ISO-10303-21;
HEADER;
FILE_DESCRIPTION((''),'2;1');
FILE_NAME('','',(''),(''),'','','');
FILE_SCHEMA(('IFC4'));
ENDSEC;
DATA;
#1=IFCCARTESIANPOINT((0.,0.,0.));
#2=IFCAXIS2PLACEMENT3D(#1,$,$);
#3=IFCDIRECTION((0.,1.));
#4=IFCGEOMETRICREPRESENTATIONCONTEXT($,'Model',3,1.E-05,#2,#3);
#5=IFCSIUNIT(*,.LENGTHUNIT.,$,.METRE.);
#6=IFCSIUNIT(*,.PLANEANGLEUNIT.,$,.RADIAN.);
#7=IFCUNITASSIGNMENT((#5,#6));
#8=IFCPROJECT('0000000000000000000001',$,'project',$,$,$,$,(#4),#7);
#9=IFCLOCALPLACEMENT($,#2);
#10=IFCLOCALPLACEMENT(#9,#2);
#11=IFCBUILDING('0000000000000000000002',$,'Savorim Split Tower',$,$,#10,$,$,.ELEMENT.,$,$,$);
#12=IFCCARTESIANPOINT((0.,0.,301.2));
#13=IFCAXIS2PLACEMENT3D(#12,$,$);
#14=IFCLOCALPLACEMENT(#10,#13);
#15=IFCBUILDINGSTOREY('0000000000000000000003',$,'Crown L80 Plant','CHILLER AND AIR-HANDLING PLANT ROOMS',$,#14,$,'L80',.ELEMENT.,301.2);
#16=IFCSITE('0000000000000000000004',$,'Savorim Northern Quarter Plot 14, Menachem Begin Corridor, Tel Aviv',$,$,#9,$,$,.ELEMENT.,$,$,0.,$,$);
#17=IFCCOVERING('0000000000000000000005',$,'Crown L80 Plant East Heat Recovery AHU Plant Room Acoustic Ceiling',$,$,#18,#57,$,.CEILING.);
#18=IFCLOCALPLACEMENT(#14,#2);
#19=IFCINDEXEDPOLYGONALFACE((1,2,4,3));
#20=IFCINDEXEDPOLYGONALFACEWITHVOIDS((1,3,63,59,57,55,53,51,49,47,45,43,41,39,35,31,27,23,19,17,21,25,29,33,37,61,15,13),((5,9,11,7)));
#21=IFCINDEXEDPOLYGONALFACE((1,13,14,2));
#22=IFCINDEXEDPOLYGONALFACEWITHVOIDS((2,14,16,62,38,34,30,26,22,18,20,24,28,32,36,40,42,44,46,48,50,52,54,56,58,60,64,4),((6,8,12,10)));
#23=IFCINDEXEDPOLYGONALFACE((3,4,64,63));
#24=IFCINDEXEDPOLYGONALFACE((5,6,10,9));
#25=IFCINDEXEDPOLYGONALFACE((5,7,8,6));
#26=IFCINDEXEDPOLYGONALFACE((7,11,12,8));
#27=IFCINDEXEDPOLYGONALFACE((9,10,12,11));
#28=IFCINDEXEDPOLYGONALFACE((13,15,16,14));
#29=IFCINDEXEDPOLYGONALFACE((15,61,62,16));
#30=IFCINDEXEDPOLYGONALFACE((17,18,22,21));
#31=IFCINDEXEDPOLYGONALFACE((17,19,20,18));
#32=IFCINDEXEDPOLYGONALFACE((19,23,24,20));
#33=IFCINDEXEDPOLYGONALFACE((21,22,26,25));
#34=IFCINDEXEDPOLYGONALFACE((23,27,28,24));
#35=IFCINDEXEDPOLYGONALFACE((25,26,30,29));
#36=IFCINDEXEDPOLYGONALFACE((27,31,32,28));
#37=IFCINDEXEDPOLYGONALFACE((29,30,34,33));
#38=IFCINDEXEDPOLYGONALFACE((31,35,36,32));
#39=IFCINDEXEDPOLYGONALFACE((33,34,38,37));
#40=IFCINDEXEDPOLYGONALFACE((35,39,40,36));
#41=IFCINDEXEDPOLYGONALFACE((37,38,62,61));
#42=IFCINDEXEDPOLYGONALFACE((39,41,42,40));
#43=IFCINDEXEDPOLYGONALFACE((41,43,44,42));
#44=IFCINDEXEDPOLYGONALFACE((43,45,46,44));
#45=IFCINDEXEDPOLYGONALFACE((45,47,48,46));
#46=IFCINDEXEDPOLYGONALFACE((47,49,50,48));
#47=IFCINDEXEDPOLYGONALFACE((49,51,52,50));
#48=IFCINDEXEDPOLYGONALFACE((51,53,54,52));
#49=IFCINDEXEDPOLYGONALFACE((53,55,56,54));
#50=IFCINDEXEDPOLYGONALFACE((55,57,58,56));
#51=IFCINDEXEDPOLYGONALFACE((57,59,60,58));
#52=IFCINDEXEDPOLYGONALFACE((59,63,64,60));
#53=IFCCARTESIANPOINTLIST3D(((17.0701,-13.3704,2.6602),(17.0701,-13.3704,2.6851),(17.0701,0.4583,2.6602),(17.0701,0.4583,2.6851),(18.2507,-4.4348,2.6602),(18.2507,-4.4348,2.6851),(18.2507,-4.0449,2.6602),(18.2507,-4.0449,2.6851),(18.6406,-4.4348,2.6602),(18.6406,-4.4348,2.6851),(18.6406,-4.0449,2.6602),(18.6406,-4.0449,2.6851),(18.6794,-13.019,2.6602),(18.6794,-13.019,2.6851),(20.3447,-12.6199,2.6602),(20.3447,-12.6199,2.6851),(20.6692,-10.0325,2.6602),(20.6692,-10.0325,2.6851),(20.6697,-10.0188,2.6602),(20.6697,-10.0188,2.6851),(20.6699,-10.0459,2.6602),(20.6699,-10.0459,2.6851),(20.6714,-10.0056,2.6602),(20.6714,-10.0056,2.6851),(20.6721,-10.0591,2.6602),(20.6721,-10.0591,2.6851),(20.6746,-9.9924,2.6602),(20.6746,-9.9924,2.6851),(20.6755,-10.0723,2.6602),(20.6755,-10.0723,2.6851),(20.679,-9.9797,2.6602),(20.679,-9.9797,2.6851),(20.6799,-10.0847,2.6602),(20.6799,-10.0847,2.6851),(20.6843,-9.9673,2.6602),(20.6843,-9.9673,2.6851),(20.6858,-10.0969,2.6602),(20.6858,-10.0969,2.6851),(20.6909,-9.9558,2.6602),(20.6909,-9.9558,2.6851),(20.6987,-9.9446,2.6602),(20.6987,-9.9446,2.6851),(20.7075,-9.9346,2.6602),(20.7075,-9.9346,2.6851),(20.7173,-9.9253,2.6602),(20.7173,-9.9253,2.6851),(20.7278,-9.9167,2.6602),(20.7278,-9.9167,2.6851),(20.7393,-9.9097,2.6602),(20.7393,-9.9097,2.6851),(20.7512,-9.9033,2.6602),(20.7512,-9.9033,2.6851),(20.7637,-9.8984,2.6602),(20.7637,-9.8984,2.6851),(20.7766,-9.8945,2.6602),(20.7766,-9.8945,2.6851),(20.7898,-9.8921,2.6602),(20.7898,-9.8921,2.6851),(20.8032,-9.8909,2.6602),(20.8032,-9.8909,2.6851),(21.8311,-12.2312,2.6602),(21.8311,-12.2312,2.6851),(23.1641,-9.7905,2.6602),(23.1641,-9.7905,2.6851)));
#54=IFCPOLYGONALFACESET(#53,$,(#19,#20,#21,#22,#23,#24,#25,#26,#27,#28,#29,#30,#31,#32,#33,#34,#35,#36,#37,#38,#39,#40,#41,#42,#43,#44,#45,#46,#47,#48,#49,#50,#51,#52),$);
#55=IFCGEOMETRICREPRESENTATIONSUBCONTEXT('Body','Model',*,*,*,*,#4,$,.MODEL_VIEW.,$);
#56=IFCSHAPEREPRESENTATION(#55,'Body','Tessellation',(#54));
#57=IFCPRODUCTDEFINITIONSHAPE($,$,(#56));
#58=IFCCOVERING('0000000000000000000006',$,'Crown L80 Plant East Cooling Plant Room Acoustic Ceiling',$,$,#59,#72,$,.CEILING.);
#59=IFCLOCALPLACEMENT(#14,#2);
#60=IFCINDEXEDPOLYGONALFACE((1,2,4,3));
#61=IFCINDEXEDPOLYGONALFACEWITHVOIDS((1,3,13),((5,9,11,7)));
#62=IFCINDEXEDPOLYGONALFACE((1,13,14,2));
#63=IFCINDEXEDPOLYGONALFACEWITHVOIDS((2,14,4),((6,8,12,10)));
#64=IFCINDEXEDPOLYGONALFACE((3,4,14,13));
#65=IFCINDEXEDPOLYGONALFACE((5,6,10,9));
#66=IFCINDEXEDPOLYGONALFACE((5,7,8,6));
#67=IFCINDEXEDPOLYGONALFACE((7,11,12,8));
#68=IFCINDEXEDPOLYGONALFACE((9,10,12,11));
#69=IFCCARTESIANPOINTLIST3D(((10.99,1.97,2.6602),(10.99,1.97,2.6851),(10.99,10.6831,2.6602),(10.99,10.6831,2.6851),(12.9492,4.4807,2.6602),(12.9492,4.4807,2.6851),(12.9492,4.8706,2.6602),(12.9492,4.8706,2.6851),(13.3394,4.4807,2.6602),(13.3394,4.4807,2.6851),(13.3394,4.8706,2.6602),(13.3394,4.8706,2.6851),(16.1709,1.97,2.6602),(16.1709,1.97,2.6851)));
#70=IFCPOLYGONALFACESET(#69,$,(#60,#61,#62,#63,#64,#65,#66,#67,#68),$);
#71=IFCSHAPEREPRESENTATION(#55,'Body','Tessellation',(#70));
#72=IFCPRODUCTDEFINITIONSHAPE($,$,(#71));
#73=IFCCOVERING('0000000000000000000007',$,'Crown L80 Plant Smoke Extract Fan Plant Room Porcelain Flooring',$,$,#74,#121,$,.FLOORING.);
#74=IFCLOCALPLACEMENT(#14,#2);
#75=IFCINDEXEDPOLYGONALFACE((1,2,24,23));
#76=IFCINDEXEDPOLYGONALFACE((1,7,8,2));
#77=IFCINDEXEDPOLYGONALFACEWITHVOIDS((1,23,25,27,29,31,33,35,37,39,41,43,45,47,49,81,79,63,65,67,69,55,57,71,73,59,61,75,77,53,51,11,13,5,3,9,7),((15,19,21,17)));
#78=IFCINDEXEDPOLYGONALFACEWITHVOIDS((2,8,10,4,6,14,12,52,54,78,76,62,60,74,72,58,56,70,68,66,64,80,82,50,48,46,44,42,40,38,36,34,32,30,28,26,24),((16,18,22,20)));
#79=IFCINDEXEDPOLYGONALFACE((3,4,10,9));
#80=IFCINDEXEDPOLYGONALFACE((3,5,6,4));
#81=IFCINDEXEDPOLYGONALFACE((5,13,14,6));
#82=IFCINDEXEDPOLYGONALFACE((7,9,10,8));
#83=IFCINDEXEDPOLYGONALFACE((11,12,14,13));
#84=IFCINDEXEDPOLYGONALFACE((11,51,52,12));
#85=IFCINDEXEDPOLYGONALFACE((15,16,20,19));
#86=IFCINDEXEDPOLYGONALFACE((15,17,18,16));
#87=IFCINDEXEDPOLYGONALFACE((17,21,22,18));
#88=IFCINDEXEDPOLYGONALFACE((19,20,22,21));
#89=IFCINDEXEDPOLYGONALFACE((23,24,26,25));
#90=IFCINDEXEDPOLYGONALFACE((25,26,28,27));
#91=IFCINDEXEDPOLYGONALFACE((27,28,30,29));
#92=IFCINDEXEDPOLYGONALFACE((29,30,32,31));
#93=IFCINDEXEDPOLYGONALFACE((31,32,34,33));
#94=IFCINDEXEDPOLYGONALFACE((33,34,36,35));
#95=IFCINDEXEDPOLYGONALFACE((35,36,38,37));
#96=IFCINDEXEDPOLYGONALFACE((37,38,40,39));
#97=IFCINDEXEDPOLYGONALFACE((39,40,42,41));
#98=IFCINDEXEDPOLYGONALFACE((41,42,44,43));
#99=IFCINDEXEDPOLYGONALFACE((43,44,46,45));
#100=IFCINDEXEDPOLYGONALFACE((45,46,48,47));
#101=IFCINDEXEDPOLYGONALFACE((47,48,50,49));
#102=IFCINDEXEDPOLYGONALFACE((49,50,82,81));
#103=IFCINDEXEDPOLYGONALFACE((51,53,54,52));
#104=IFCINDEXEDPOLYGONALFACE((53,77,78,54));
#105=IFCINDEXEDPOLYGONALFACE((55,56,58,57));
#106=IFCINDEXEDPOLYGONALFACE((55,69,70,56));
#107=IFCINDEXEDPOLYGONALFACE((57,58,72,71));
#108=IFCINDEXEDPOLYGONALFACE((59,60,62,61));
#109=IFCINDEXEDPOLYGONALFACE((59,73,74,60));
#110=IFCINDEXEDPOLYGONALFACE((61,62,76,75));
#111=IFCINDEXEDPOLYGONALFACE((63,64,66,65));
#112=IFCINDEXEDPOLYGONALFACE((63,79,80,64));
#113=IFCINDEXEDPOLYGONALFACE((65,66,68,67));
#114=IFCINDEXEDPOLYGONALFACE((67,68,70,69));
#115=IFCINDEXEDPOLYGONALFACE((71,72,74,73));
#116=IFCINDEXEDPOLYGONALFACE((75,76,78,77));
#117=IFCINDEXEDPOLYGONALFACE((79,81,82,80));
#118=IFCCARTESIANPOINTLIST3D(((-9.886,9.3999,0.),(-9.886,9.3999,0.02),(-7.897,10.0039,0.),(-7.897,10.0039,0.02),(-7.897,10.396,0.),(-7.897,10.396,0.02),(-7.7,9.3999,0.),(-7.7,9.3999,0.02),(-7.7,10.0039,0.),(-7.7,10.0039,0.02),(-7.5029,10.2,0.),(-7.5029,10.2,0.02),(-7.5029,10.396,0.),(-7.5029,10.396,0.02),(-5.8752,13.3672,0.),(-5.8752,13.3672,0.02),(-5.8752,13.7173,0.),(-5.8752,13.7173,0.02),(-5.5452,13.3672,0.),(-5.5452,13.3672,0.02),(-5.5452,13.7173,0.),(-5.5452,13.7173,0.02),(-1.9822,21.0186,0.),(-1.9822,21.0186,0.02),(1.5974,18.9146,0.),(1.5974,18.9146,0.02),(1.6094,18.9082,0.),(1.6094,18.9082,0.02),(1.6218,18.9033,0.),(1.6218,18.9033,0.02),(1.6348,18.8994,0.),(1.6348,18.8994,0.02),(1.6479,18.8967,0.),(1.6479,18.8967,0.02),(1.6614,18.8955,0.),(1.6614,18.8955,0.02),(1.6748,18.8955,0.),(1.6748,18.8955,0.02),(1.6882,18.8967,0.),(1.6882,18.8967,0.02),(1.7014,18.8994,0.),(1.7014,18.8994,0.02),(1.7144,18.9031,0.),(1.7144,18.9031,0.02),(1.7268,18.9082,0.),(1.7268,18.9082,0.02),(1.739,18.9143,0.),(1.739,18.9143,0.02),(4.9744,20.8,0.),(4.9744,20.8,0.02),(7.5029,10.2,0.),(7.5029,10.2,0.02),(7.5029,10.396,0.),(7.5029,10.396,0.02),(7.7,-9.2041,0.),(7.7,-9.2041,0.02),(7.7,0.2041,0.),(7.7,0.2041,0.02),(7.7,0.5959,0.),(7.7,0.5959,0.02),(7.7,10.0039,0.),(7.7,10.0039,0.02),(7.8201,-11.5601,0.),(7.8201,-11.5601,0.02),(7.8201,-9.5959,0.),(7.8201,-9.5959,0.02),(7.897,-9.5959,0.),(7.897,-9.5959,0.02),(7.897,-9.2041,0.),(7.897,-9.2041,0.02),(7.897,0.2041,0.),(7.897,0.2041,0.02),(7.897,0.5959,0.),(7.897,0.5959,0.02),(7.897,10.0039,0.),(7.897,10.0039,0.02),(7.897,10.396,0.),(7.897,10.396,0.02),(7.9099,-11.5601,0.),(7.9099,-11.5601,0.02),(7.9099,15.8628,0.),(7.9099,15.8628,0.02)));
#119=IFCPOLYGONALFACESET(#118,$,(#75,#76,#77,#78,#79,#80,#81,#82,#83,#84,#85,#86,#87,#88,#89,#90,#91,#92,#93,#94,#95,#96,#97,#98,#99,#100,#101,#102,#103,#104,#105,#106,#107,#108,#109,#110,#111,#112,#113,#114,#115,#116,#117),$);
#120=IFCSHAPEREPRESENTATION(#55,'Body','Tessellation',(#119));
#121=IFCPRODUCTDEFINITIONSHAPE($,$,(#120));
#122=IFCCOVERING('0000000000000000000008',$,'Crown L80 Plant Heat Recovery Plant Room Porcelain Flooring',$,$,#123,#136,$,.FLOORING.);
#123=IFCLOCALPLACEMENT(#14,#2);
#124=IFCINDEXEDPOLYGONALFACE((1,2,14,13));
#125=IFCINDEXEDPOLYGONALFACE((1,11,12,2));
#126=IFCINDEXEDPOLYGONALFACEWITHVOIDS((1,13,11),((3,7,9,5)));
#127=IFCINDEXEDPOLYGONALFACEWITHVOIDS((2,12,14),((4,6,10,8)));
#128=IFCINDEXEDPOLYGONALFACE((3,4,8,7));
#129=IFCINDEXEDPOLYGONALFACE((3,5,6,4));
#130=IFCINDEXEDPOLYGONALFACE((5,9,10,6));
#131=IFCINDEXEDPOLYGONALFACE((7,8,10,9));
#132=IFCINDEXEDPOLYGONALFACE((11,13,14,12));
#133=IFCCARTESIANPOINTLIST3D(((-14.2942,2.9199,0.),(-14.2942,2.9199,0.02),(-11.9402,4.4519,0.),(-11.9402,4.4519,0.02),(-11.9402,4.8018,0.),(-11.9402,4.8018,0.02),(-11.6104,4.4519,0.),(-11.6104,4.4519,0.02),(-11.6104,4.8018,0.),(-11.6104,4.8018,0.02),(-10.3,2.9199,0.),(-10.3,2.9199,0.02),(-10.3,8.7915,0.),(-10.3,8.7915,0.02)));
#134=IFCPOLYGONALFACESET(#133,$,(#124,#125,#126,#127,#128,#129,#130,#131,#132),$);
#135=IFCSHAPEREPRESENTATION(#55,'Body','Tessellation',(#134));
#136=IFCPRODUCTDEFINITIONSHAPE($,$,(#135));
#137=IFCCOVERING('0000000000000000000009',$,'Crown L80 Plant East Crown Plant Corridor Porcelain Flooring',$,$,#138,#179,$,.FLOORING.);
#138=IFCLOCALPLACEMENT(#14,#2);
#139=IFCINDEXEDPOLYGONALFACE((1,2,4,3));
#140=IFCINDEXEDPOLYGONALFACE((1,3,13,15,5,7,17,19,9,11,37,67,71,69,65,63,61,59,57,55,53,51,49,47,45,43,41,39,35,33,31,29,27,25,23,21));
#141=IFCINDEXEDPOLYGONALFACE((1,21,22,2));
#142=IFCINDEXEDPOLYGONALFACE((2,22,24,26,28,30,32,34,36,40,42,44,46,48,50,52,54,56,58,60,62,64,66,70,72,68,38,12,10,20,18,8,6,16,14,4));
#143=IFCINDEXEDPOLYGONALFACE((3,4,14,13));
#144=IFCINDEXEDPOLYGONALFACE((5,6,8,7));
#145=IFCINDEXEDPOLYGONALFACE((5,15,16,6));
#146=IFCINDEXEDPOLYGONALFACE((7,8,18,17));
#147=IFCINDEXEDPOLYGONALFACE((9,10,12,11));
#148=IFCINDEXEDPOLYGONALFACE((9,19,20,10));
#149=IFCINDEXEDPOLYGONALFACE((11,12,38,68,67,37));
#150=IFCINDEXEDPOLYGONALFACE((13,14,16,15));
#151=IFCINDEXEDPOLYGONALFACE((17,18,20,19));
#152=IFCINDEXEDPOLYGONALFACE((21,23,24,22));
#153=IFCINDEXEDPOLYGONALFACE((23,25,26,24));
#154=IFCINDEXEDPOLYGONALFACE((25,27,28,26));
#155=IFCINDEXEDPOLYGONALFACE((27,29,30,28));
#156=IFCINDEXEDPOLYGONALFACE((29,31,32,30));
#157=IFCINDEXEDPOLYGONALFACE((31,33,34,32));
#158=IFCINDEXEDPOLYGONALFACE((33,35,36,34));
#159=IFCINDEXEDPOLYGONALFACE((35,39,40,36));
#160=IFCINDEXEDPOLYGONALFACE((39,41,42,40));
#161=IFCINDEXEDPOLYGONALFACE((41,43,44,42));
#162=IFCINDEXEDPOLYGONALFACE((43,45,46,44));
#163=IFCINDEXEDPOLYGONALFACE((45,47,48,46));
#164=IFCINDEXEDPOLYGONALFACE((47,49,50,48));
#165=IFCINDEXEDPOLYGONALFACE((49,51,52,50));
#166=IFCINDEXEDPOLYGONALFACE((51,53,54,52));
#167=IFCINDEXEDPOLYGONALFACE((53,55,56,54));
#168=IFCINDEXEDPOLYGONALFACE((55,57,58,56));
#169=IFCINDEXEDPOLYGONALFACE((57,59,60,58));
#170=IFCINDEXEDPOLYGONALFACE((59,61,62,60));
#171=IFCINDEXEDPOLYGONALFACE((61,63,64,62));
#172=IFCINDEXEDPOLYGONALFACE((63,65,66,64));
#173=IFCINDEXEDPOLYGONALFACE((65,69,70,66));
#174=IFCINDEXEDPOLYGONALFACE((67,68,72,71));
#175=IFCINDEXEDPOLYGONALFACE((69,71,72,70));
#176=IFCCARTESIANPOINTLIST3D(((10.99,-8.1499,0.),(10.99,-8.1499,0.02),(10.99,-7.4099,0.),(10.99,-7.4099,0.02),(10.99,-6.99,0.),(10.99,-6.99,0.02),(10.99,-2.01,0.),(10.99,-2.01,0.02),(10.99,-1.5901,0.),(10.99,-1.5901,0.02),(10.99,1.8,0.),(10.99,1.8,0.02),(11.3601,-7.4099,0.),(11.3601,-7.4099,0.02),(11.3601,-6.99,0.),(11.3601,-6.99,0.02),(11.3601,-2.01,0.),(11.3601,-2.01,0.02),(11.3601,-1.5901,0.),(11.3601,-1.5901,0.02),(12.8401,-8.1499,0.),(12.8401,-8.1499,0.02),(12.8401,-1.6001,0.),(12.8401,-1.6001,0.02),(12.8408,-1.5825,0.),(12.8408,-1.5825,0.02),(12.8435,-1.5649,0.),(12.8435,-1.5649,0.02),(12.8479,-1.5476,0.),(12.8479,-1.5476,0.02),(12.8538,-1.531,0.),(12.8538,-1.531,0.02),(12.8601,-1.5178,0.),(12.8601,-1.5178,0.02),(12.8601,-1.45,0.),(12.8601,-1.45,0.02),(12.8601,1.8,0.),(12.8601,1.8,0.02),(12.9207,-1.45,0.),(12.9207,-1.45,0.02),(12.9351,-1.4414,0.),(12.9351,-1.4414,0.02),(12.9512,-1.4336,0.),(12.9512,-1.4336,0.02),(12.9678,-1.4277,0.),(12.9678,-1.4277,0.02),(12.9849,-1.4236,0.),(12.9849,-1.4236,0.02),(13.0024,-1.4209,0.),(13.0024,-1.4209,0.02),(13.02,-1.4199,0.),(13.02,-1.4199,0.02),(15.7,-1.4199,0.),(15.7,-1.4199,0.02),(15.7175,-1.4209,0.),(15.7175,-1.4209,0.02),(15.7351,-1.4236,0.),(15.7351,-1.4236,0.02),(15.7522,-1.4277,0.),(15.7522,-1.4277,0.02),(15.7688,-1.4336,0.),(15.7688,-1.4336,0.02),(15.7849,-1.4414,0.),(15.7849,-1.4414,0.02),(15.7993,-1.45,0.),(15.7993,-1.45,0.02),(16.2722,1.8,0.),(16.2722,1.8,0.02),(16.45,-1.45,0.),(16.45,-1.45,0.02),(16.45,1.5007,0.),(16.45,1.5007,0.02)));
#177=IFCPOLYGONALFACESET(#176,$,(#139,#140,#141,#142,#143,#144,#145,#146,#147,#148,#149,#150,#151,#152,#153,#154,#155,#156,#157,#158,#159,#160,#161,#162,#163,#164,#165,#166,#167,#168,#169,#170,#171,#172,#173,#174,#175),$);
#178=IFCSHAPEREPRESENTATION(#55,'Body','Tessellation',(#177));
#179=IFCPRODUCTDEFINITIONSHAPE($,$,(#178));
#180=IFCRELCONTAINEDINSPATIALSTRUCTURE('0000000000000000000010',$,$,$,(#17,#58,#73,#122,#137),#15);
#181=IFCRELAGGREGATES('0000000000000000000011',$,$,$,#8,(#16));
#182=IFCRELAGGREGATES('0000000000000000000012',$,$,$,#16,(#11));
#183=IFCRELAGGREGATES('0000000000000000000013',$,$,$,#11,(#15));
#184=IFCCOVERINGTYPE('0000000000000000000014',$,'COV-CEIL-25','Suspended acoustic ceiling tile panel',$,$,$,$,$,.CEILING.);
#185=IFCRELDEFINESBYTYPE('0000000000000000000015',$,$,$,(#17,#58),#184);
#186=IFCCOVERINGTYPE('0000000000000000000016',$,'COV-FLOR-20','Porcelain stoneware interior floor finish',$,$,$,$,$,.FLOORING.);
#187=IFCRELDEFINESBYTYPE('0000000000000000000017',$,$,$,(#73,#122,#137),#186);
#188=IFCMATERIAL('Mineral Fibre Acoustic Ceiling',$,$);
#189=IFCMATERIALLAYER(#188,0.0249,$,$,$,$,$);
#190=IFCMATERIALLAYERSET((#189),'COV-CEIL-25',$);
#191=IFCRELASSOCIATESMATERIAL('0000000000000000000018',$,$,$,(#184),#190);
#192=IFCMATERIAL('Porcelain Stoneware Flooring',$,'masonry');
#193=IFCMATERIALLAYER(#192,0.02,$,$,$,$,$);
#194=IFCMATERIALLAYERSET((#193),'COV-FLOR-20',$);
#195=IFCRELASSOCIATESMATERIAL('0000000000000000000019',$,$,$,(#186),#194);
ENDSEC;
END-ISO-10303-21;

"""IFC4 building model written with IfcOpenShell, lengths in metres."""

from ifc_helpers import new_model, si_unit, direction, frame, origin, place, context, subcontext, project, spatial, polyline, outline, extrude, material, layer, layer_set, type_object, element, save


model = new_model("IFC4")

# Units and contexts
model_context = context("Model", 3, precision=1e-05, world=origin(), true_north=direction((0.0, 1.0)))
body_context = subcontext(model_context, "Body", "Model", "MODEL_VIEW")
ifc_project = project(units=[si_unit("LENGTHUNIT", "METRE"), si_unit("PLANEANGLEUNIT", "RADIAN")], contexts=[model_context])

# Site, building, storey
site_placement = place(None, origin())
site = spatial("IfcSite", under=ifc_project, at=site_placement, Name="Savorim Northern Quarter Plot 14, Menachem Begin Corridor, Tel Aviv", CompositionType="ELEMENT", RefElevation=0.0)
building_placement = place(site_placement, origin())
building = spatial("IfcBuilding", under=site, at=building_placement, Name="Savorim Split Tower", CompositionType="ELEMENT")
storey_placement = place(building_placement, frame((0.0, 0.0, 301.2)))
storey = spatial("IfcBuildingStorey", under=building, at=storey_placement, Name="Crown L80 Plant", Description="CHILLER AND AIR-HANDLING PLANT ROOMS", LongName="L80", CompositionType="ELEMENT", Elevation=301.2)

# Coverings
ifc_material_1 = material(Name="Mineral Fibre Acoustic Ceiling")
ifc_layer_1 = layer(ifc_material_1, 0.0249)
ifc_layer_set_1 = layer_set([ifc_layer_1], Name="COV-CEIL-25")
covering_type_1 = type_object("IfcCoveringType", Name="COV-CEIL-25", Description="Suspended acoustic ceiling tile panel", PredefinedType="CEILING", material=ifc_layer_set_1)
covering_1_placement = place(storey_placement, frame((0.0, 0.0, 2.6602)))
element("IfcCovering", 1, at=covering_1_placement, inside=storey, type_object=covering_type_1, Name="Crown L80 Plant East Heat Recovery AHU Plant Room Acoustic Ceiling", PredefinedType="CEILING", context=body_context, shape_type="SweptSolid", body=[
    extrude(outline(polyline([(20.7637, -9.8984), (20.7766, -9.8945), (20.7898, -9.8921), (20.8032, -9.8909), (23.1641, -9.7905), (17.0701, 0.4583), (17.0701, -13.3704), (18.6794, -13.019), (20.3447, -12.6199), (21.8311, -12.2312), (20.6858, -10.0969), (20.6799, -10.0847), (20.6755, -10.0723), (20.6721, -10.0591), (20.6699, -10.0459), (20.6692, -10.0325), (20.6697, -10.0188), (20.6714, -10.0056), (20.6746, -9.9924), (20.679, -9.9797), (20.6843, -9.9673), (20.6909, -9.9558), (20.6987, -9.9446), (20.7075, -9.9346), (20.7173, -9.9253), (20.7278, -9.9167), (20.7393, -9.9097), (20.7512, -9.9033), (20.7637, -9.8984)]), holes=[polyline([(18.2507, -4.0449), (18.2507, -4.4348), (18.6406, -4.4348), (18.6406, -4.0449), (18.2507, -4.0449)])]), origin(), (0.0, 0.0, 1.0), 0.0249),
])
covering_2_placement = place(storey_placement, frame((0.0, 0.0, 2.6602)))
element("IfcCovering", 2, at=covering_2_placement, inside=storey, type_object=covering_type_1, Name="Crown L80 Plant East Cooling Plant Room Acoustic Ceiling", PredefinedType="CEILING", context=body_context, shape_type="SweptSolid", body=[
    extrude(outline(polyline([(10.99, 10.6831), (10.99, 1.97), (16.1709, 1.97), (10.99, 10.6831)]), holes=[polyline([(12.9492, 4.8706), (12.9492, 4.4807), (13.3394, 4.4807), (13.3394, 4.8706), (12.9492, 4.8706)])]), origin(), (0.0, 0.0, 1.0), 0.0249),
])
ifc_material_2 = material(Name="Porcelain Stoneware Flooring", Category="masonry")
ifc_layer_2 = layer(ifc_material_2, 0.02)
ifc_layer_set_2 = layer_set([ifc_layer_2], Name="COV-FLOR-20")
covering_type_2 = type_object("IfcCoveringType", Name="COV-FLOR-20", Description="Porcelain stoneware interior floor finish", PredefinedType="FLOORING", material=ifc_layer_set_2)
covering_3_placement = place(storey_placement, origin())
element("IfcCovering", 3, at=covering_3_placement, inside=storey, type_object=covering_type_2, Name="Crown L80 Plant Smoke Extract Fan Plant Room Porcelain Flooring", PredefinedType="FLOORING", context=body_context, shape_type="SweptSolid", body=[
    extrude(outline(polyline([(1.6094, 18.9082), (1.5974, 18.9146), (-1.9822, 21.0186), (-9.886, 9.3999), (-7.7, 9.3999), (-7.7, 10.0039), (-7.897, 10.0039), (-7.897, 10.396), (-7.5029, 10.396), (-7.5029, 10.2), (7.5029, 10.2), (7.5029, 10.396), (7.897, 10.396), (7.897, 10.0039), (7.7, 10.0039), (7.7, 0.5959), (7.897, 0.5959), (7.897, 0.2041), (7.7, 0.2041), (7.7, -9.2041), (7.897, -9.2041), (7.897, -9.5959), (7.8201, -9.5959), (7.8201, -11.5601), (7.9099, -11.5601), (7.9099, 15.8628), (4.9744, 20.8), (1.739, 18.9143), (1.7268, 18.9082), (1.7144, 18.9031), (1.7014, 18.8994), (1.6882, 18.8967), (1.6748, 18.8955), (1.6614, 18.8955), (1.6479, 18.8967), (1.6348, 18.8994), (1.6218, 18.9033), (1.6094, 18.9082)]), holes=[polyline([(-5.5452, 13.7173), (-5.8752, 13.7173), (-5.8752, 13.3672), (-5.5452, 13.3672), (-5.5452, 13.7173)])]), origin(), (0.0, 0.0, 1.0), 0.02),
])
covering_4_placement = place(storey_placement, origin())
element("IfcCovering", 4, at=covering_4_placement, inside=storey, type_object=covering_type_2, Name="Crown L80 Plant Heat Recovery Plant Room Porcelain Flooring", PredefinedType="FLOORING", context=body_context, shape_type="SweptSolid", body=[
    extrude(outline(polyline([(-14.2942, 2.9199), (-10.3, 2.9199), (-10.3, 8.7915), (-14.2942, 2.9199)]), holes=[polyline([(-11.6104, 4.4519), (-11.6104, 4.8018), (-11.9402, 4.8018), (-11.9402, 4.4519), (-11.6104, 4.4519)])]), origin(), (0.0, 0.0, 1.0), 0.02),
])
covering_5_placement = place(storey_placement, origin())
element("IfcCovering", 5, at=covering_5_placement, inside=storey, type_object=covering_type_2, Name="Crown L80 Plant East Crown Plant Corridor Porcelain Flooring", PredefinedType="FLOORING", context=body_context, shape_type="SweptSolid", body=[
    extrude(outline(polyline([(16.2722, 1.8), (12.8601, 1.8), (10.99, 1.8), (10.99, -1.5901), (11.3601, -1.5901), (11.3601, -2.01), (10.99, -2.01), (10.99, -6.99), (11.3601, -6.99), (11.3601, -7.4099), (10.99, -7.4099), (10.99, -8.1499), (12.8401, -8.1499), (12.8401, -1.6001), (12.8408, -1.5825), (12.8435, -1.5649), (12.8479, -1.5476), (12.8538, -1.531), (12.8601, -1.5178), (12.8601, -1.45), (12.9207, -1.45), (12.9351, -1.4414), (12.9512, -1.4336), (12.9678, -1.4277), (12.9849, -1.4236), (13.0024, -1.4209), (13.02, -1.4199), (15.7, -1.4199), (15.7175, -1.4209), (15.7351, -1.4236), (15.7522, -1.4277), (15.7688, -1.4336), (15.7849, -1.4414), (15.7993, -1.45), (16.45, -1.45), (16.45, 1.5007), (16.2722, 1.8)])), origin(), (0.0, 0.0, 1.0), 0.02),
])

save(model, "model.ifc")
